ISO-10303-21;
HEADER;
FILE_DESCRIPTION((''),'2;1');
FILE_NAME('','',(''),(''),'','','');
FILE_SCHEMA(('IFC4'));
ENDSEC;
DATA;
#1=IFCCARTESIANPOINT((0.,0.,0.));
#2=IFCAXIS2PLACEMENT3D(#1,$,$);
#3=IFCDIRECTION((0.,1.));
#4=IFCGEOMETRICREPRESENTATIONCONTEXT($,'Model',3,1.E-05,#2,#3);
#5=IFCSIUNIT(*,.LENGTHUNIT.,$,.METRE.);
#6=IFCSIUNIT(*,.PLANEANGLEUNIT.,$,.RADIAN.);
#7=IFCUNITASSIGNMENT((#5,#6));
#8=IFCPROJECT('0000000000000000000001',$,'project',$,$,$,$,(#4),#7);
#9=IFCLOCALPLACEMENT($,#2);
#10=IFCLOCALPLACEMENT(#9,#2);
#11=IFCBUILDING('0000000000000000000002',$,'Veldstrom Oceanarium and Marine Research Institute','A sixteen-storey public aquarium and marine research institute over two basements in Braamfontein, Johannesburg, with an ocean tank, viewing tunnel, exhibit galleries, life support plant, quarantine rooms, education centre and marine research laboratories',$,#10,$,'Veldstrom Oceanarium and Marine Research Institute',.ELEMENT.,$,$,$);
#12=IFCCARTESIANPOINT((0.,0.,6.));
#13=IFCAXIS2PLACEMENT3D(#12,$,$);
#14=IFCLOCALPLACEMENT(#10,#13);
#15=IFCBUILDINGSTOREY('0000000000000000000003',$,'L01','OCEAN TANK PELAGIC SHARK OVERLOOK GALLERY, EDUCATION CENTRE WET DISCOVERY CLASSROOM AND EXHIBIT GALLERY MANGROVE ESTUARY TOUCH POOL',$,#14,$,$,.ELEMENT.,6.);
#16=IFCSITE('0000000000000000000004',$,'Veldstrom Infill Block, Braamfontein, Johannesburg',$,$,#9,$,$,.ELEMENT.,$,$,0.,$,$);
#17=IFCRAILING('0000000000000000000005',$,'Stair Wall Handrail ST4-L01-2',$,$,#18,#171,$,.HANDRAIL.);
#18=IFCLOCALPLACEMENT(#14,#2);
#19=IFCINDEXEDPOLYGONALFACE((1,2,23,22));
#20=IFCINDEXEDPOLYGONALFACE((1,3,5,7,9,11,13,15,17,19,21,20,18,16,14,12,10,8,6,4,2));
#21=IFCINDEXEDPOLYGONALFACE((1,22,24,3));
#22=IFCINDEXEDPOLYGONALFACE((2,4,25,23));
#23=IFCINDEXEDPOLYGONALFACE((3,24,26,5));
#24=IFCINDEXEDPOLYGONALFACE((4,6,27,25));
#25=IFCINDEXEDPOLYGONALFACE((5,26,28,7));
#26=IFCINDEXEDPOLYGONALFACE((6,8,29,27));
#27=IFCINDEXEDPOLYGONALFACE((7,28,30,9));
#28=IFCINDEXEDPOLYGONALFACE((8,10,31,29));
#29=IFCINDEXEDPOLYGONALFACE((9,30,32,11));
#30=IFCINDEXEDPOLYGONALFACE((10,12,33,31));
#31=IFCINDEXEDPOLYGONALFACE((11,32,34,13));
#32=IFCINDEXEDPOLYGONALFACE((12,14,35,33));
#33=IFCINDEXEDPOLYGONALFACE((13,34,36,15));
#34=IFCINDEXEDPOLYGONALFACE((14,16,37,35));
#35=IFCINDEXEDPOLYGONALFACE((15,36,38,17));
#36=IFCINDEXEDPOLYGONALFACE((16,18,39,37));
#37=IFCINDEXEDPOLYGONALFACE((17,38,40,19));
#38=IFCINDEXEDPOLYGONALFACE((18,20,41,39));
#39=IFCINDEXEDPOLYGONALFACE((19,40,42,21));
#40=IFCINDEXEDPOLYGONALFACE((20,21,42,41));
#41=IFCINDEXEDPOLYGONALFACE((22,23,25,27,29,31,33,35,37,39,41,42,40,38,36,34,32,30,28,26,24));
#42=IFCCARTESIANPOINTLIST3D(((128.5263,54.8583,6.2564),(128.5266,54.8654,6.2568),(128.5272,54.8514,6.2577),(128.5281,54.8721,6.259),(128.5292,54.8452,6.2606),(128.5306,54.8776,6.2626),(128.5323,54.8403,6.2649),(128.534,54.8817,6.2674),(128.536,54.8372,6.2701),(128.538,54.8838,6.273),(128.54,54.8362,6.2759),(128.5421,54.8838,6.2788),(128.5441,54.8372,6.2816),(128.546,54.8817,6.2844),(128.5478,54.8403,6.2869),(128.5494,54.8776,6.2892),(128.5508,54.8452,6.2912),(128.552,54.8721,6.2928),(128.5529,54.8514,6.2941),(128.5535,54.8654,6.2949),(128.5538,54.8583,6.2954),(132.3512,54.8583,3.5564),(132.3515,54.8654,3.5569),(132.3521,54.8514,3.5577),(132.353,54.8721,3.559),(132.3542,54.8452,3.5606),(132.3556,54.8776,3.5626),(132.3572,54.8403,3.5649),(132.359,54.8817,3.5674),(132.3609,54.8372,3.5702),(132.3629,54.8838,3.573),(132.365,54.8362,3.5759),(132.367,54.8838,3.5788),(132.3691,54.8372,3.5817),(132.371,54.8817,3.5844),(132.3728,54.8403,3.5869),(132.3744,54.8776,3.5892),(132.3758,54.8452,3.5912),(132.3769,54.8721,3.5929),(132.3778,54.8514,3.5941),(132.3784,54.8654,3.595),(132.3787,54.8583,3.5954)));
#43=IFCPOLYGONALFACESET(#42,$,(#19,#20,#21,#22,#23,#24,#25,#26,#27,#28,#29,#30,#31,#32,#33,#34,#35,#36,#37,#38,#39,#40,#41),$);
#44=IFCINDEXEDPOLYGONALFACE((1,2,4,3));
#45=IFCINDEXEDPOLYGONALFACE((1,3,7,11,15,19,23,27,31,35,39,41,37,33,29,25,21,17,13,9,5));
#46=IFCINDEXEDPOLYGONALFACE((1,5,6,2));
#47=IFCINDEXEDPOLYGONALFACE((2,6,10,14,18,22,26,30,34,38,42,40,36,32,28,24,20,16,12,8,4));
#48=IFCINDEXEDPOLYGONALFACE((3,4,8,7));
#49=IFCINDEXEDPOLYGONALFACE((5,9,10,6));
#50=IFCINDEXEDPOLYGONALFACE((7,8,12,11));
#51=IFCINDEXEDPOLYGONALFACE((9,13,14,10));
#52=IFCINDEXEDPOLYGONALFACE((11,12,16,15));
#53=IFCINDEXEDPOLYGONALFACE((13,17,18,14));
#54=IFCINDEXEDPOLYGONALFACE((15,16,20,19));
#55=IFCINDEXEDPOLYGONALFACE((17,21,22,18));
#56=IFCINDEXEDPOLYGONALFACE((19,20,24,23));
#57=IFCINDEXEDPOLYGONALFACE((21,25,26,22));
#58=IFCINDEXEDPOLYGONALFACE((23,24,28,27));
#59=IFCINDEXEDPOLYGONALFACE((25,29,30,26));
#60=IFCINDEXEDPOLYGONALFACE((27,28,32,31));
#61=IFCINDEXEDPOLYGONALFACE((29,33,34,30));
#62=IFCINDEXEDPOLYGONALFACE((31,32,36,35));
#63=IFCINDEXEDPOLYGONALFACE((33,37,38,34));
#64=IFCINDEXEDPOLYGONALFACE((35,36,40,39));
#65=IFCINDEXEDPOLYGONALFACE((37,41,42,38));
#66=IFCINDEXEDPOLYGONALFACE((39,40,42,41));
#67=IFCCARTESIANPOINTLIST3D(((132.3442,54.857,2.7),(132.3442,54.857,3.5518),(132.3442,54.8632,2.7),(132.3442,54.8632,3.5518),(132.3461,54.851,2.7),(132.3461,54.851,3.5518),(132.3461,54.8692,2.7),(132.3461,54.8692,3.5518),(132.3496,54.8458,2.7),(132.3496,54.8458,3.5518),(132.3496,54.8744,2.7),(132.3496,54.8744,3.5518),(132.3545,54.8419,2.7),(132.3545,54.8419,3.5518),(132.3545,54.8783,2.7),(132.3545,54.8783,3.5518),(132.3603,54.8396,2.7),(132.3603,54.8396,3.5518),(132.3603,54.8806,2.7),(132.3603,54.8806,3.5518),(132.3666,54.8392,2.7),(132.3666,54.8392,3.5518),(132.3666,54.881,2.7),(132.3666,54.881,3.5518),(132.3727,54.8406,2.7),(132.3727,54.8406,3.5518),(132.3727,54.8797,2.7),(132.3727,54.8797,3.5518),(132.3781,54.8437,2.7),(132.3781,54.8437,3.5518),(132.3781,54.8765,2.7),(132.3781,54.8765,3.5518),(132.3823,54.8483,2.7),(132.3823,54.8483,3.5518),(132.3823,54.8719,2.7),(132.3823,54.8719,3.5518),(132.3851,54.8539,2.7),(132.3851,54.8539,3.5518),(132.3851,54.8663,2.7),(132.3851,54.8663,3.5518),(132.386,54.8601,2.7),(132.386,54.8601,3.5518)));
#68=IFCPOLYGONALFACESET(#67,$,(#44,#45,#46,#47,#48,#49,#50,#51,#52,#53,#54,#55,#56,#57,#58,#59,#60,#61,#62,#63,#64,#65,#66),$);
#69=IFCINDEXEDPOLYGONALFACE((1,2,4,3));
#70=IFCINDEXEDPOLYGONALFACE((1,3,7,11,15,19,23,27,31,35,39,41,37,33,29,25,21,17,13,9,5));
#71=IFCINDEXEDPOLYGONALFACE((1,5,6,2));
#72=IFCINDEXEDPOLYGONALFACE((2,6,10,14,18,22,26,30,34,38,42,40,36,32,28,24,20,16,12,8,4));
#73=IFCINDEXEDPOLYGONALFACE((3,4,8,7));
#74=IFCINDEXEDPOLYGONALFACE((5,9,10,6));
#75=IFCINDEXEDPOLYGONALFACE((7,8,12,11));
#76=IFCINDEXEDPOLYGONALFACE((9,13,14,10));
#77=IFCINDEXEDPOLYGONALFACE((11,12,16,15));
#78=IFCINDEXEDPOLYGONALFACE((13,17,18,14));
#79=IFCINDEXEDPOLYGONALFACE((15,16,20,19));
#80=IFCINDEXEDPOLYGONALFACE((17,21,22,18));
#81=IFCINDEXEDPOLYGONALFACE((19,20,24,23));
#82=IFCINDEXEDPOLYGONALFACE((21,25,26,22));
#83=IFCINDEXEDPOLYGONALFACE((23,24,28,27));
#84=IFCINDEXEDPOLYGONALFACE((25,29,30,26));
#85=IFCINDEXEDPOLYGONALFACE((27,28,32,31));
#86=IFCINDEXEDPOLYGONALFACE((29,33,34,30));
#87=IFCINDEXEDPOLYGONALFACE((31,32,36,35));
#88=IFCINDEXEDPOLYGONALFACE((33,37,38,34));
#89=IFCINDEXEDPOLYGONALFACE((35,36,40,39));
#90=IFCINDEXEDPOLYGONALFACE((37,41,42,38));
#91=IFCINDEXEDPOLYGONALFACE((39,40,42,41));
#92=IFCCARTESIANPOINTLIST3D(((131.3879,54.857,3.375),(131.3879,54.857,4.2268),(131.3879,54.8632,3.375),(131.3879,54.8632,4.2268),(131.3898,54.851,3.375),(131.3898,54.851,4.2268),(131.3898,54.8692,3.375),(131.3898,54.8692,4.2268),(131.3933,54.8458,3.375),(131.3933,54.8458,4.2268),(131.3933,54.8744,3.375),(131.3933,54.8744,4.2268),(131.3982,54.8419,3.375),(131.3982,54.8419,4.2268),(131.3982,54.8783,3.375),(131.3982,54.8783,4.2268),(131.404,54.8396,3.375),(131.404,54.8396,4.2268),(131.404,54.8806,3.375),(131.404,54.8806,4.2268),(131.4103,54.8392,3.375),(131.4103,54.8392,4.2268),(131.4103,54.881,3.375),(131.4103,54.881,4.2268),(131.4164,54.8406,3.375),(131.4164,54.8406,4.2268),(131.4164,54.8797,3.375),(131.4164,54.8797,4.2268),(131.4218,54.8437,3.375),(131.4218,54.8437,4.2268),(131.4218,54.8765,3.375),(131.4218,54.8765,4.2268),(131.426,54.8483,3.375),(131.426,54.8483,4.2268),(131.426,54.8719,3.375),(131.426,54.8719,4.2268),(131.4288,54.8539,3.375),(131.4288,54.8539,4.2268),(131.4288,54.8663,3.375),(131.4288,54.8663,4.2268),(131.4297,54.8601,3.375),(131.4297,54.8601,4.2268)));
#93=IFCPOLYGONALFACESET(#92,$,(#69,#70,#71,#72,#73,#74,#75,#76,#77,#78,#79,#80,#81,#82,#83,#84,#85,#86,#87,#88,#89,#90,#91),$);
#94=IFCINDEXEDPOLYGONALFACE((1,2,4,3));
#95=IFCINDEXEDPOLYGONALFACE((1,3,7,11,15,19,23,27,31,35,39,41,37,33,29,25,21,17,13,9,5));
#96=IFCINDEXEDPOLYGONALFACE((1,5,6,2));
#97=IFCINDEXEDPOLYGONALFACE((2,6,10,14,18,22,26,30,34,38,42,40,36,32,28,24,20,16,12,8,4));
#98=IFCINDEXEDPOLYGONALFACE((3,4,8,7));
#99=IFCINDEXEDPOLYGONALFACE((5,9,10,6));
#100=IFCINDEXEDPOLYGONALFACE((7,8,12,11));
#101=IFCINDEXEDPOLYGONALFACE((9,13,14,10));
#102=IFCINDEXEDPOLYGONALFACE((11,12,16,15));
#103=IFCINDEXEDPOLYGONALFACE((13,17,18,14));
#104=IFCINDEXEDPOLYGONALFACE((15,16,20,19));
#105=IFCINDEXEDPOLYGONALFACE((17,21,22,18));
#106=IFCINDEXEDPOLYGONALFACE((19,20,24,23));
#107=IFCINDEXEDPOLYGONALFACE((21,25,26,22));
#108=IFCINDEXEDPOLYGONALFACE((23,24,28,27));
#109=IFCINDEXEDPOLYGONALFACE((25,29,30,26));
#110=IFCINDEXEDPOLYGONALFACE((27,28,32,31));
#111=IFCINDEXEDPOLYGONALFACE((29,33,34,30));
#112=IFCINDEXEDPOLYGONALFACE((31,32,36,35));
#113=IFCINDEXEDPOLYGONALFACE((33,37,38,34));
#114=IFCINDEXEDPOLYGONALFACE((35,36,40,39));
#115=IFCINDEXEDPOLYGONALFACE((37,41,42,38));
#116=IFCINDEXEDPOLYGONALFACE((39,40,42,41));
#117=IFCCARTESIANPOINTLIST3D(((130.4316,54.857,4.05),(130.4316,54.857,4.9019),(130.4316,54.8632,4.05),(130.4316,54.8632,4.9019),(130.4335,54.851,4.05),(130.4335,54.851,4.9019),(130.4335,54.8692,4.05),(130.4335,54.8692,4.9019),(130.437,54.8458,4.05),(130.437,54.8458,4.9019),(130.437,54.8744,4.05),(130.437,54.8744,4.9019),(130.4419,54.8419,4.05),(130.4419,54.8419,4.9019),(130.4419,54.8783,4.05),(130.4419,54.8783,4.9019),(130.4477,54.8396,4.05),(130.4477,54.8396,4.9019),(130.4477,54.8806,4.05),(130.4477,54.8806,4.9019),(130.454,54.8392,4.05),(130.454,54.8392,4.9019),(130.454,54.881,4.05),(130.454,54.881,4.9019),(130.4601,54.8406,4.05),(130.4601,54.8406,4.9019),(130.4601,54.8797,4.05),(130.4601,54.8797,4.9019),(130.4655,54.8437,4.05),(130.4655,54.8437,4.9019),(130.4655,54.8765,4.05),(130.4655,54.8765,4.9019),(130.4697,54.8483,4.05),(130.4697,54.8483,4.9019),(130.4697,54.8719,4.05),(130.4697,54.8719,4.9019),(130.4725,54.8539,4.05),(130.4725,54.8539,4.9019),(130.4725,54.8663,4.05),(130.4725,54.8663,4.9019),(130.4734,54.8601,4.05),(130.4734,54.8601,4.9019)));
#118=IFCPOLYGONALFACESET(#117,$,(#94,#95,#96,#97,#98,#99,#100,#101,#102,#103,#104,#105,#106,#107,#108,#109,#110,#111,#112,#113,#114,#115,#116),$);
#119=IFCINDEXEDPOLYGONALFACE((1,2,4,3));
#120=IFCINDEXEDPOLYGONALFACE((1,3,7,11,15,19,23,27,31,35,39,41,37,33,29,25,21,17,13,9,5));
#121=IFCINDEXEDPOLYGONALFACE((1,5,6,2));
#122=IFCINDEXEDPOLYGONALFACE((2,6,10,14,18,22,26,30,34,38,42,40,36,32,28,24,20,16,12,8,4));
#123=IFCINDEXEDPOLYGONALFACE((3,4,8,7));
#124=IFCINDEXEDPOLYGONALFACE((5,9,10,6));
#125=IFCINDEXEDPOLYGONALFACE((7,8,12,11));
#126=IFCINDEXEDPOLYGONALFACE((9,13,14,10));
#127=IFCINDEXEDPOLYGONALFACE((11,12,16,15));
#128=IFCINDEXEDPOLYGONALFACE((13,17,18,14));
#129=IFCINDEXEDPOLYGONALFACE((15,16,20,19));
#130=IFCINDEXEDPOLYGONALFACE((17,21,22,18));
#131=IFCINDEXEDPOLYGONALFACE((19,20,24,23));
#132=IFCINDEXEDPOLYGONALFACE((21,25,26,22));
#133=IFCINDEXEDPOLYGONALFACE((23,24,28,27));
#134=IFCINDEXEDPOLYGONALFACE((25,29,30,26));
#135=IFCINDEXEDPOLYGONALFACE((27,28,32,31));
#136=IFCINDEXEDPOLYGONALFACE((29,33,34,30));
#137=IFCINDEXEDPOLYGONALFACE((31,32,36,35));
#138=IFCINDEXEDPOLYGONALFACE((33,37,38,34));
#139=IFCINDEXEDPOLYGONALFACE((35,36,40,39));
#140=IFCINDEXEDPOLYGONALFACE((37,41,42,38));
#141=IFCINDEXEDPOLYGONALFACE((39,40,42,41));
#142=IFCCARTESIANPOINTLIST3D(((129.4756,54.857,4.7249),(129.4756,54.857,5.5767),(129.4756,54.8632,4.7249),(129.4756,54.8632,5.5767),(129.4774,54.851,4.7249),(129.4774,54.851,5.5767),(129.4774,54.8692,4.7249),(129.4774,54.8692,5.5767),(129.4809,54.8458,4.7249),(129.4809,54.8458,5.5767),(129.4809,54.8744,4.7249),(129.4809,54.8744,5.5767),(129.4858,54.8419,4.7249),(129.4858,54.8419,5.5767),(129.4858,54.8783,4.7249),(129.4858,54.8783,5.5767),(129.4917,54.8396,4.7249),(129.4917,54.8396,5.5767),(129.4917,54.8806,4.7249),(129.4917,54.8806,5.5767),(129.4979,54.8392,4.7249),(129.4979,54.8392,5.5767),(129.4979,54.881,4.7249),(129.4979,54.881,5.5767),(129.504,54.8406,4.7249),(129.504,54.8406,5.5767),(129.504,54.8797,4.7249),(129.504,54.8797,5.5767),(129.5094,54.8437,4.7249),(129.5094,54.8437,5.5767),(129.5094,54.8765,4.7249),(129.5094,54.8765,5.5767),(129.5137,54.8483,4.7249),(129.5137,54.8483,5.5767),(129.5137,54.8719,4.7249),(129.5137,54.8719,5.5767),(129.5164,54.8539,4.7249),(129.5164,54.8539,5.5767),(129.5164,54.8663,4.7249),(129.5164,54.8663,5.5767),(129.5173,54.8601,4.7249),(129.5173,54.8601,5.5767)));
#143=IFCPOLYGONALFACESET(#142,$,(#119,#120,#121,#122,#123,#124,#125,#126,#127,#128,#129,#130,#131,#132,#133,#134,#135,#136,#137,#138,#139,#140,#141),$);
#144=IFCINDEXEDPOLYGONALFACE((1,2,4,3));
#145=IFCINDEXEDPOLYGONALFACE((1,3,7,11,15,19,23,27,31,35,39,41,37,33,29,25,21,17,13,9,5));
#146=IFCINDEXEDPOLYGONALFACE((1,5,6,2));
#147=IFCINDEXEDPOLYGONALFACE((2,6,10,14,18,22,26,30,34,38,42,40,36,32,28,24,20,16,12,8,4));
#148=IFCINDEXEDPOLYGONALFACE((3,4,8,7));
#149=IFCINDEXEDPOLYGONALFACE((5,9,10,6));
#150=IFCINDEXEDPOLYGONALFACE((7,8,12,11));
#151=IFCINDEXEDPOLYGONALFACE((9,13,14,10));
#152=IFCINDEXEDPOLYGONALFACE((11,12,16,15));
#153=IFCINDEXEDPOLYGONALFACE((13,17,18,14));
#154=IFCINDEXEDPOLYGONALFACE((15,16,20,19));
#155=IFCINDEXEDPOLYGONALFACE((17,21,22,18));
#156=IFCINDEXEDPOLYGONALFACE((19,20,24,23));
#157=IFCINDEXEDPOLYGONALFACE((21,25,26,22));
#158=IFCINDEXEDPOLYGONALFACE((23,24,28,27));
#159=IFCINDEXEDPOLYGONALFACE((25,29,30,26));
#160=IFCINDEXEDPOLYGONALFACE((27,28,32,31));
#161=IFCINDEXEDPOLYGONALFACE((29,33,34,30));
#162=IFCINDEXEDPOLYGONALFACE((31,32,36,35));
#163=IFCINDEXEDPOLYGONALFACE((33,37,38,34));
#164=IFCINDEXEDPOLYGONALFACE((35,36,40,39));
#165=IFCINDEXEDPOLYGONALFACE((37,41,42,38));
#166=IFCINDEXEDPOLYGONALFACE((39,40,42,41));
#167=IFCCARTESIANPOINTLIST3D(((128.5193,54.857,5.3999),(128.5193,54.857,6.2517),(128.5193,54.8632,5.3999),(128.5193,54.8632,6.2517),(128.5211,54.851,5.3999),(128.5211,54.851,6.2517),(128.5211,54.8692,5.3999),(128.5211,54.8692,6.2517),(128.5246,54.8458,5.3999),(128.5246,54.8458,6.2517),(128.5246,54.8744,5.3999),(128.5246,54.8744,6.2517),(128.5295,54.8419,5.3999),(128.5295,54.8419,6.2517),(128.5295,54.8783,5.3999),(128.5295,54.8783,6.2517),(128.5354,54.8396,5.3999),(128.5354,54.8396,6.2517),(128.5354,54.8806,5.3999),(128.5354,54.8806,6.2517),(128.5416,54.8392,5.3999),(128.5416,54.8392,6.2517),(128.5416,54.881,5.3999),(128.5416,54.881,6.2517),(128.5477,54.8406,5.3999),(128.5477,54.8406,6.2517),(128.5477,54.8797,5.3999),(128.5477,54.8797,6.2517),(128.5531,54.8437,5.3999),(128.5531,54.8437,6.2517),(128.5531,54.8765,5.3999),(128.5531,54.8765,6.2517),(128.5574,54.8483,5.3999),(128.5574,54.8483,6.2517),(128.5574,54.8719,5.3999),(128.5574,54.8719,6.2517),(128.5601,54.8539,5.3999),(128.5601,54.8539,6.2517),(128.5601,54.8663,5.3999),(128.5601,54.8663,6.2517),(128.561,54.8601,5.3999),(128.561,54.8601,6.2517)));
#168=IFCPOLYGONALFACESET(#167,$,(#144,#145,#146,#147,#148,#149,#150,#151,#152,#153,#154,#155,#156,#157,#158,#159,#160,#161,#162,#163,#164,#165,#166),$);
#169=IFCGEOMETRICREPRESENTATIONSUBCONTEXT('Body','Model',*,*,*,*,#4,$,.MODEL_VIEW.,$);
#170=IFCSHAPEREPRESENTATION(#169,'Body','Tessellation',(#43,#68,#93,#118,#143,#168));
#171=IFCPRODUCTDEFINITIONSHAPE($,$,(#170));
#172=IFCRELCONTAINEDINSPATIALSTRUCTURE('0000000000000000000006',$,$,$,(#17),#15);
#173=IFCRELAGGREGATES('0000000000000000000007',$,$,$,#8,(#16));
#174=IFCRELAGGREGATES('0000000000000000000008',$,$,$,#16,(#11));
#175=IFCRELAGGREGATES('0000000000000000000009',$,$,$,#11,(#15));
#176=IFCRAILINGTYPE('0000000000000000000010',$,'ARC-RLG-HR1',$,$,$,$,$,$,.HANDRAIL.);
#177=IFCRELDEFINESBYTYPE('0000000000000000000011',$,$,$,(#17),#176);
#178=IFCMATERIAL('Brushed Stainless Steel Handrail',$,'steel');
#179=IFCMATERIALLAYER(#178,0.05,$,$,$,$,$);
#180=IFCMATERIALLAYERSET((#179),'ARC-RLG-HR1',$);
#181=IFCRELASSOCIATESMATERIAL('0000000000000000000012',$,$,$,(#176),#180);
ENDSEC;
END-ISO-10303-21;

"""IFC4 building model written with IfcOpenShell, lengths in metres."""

from ifc_helpers import new_model, si_unit, direction, frame, origin, origin_2d, place, context, subcontext, project, spatial, circle, extrude, material, layer, layer_set, type_object, element, save


model = new_model("IFC4")

# Units and contexts
model_context = context("Model", 3, precision=1e-05, world=origin(), true_north=direction((0.0, 1.0)))
body_context = subcontext(model_context, "Body", "Model", "MODEL_VIEW")
ifc_project = project(units=[si_unit("LENGTHUNIT", "METRE"), si_unit("PLANEANGLEUNIT", "RADIAN")], contexts=[model_context])

# Site, building, storey
site_placement = place(None, origin())
site = spatial("IfcSite", under=ifc_project, at=site_placement, Name="Veldstrom Infill Block, Braamfontein, Johannesburg", CompositionType="ELEMENT", RefElevation=0.0)
building_placement = place(site_placement, origin())
building = spatial("IfcBuilding", under=site, at=building_placement, Name="Veldstrom Oceanarium and Marine Research Institute", Description="A sixteen-storey public aquarium and marine research institute over two basements in Braamfontein, Johannesburg, with an ocean tank, viewing tunnel, exhibit galleries, life support plant, quarantine rooms, education centre and marine research laboratories", LongName="Veldstrom Oceanarium and Marine Research Institute", CompositionType="ELEMENT")
storey_placement = place(building_placement, frame((0.0, 0.0, 6.0)))
storey = spatial("IfcBuildingStorey", under=building, at=storey_placement, Name="L01", Description="OCEAN TANK PELAGIC SHARK OVERLOOK GALLERY, EDUCATION CENTRE WET DISCOVERY CLASSROOM AND EXHIBIT GALLERY MANGROVE ESTUARY TOUCH POOL", CompositionType="ELEMENT", Elevation=6.0)

# Railing
ifc_material_1 = material(Name="Brushed Stainless Steel Handrail", Category="steel")
ifc_layer_1 = layer(ifc_material_1, 0.05)
ifc_layer_set_1 = layer_set([ifc_layer_1], Name="ARC-RLG-HR1")
railing_type_1 = type_object("IfcRailingType", Name="ARC-RLG-HR1", PredefinedType="HANDRAIL", material=ifc_layer_set_1)
railing_1_placement = place(storey_placement, frame((132.365, 54.8601, 2.7)))
element("IfcRailing", 1, at=railing_1_placement, inside=storey, type_object=railing_type_1, Name="Stair Wall Handrail ST4-L01-2", PredefinedType="HANDRAIL", context=body_context, shape_type="SweptSolid", body=[
    extrude(circle(Radius=0.0239, at=origin_2d()), frame((0.0, 0.0, 0.876), z_axis=(-0.816969, 0.0, 0.576681), x_axis=(0.0, -1.0, 0.0)), (0.0, 0.0, 1.0), 4.6819),
    extrude(circle(Radius=0.021, at=origin_2d()), origin(), (0.0, 0.0, 1.0), 0.8518),
    extrude(circle(Radius=0.021, at=origin_2d()), frame((-0.9563, 0.0, 0.675)), (0.0, 0.0, 1.0), 0.8518),
    extrude(circle(Radius=0.021, at=origin_2d()), frame((-1.9126, 0.0, 1.3501)), (0.0, 0.0, 1.0), 0.8518),
    extrude(circle(Radius=0.021, at=origin_2d()), frame((-2.8687, 0.0, 2.0249)), (0.0, 0.0, 1.0), 0.8518),
    extrude(circle(Radius=0.021, at=origin_2d()), frame((-3.825, 0.0, 2.7)), (0.0, 0.0, 1.0), 0.8518),
])

save(model, "model.ifc")
